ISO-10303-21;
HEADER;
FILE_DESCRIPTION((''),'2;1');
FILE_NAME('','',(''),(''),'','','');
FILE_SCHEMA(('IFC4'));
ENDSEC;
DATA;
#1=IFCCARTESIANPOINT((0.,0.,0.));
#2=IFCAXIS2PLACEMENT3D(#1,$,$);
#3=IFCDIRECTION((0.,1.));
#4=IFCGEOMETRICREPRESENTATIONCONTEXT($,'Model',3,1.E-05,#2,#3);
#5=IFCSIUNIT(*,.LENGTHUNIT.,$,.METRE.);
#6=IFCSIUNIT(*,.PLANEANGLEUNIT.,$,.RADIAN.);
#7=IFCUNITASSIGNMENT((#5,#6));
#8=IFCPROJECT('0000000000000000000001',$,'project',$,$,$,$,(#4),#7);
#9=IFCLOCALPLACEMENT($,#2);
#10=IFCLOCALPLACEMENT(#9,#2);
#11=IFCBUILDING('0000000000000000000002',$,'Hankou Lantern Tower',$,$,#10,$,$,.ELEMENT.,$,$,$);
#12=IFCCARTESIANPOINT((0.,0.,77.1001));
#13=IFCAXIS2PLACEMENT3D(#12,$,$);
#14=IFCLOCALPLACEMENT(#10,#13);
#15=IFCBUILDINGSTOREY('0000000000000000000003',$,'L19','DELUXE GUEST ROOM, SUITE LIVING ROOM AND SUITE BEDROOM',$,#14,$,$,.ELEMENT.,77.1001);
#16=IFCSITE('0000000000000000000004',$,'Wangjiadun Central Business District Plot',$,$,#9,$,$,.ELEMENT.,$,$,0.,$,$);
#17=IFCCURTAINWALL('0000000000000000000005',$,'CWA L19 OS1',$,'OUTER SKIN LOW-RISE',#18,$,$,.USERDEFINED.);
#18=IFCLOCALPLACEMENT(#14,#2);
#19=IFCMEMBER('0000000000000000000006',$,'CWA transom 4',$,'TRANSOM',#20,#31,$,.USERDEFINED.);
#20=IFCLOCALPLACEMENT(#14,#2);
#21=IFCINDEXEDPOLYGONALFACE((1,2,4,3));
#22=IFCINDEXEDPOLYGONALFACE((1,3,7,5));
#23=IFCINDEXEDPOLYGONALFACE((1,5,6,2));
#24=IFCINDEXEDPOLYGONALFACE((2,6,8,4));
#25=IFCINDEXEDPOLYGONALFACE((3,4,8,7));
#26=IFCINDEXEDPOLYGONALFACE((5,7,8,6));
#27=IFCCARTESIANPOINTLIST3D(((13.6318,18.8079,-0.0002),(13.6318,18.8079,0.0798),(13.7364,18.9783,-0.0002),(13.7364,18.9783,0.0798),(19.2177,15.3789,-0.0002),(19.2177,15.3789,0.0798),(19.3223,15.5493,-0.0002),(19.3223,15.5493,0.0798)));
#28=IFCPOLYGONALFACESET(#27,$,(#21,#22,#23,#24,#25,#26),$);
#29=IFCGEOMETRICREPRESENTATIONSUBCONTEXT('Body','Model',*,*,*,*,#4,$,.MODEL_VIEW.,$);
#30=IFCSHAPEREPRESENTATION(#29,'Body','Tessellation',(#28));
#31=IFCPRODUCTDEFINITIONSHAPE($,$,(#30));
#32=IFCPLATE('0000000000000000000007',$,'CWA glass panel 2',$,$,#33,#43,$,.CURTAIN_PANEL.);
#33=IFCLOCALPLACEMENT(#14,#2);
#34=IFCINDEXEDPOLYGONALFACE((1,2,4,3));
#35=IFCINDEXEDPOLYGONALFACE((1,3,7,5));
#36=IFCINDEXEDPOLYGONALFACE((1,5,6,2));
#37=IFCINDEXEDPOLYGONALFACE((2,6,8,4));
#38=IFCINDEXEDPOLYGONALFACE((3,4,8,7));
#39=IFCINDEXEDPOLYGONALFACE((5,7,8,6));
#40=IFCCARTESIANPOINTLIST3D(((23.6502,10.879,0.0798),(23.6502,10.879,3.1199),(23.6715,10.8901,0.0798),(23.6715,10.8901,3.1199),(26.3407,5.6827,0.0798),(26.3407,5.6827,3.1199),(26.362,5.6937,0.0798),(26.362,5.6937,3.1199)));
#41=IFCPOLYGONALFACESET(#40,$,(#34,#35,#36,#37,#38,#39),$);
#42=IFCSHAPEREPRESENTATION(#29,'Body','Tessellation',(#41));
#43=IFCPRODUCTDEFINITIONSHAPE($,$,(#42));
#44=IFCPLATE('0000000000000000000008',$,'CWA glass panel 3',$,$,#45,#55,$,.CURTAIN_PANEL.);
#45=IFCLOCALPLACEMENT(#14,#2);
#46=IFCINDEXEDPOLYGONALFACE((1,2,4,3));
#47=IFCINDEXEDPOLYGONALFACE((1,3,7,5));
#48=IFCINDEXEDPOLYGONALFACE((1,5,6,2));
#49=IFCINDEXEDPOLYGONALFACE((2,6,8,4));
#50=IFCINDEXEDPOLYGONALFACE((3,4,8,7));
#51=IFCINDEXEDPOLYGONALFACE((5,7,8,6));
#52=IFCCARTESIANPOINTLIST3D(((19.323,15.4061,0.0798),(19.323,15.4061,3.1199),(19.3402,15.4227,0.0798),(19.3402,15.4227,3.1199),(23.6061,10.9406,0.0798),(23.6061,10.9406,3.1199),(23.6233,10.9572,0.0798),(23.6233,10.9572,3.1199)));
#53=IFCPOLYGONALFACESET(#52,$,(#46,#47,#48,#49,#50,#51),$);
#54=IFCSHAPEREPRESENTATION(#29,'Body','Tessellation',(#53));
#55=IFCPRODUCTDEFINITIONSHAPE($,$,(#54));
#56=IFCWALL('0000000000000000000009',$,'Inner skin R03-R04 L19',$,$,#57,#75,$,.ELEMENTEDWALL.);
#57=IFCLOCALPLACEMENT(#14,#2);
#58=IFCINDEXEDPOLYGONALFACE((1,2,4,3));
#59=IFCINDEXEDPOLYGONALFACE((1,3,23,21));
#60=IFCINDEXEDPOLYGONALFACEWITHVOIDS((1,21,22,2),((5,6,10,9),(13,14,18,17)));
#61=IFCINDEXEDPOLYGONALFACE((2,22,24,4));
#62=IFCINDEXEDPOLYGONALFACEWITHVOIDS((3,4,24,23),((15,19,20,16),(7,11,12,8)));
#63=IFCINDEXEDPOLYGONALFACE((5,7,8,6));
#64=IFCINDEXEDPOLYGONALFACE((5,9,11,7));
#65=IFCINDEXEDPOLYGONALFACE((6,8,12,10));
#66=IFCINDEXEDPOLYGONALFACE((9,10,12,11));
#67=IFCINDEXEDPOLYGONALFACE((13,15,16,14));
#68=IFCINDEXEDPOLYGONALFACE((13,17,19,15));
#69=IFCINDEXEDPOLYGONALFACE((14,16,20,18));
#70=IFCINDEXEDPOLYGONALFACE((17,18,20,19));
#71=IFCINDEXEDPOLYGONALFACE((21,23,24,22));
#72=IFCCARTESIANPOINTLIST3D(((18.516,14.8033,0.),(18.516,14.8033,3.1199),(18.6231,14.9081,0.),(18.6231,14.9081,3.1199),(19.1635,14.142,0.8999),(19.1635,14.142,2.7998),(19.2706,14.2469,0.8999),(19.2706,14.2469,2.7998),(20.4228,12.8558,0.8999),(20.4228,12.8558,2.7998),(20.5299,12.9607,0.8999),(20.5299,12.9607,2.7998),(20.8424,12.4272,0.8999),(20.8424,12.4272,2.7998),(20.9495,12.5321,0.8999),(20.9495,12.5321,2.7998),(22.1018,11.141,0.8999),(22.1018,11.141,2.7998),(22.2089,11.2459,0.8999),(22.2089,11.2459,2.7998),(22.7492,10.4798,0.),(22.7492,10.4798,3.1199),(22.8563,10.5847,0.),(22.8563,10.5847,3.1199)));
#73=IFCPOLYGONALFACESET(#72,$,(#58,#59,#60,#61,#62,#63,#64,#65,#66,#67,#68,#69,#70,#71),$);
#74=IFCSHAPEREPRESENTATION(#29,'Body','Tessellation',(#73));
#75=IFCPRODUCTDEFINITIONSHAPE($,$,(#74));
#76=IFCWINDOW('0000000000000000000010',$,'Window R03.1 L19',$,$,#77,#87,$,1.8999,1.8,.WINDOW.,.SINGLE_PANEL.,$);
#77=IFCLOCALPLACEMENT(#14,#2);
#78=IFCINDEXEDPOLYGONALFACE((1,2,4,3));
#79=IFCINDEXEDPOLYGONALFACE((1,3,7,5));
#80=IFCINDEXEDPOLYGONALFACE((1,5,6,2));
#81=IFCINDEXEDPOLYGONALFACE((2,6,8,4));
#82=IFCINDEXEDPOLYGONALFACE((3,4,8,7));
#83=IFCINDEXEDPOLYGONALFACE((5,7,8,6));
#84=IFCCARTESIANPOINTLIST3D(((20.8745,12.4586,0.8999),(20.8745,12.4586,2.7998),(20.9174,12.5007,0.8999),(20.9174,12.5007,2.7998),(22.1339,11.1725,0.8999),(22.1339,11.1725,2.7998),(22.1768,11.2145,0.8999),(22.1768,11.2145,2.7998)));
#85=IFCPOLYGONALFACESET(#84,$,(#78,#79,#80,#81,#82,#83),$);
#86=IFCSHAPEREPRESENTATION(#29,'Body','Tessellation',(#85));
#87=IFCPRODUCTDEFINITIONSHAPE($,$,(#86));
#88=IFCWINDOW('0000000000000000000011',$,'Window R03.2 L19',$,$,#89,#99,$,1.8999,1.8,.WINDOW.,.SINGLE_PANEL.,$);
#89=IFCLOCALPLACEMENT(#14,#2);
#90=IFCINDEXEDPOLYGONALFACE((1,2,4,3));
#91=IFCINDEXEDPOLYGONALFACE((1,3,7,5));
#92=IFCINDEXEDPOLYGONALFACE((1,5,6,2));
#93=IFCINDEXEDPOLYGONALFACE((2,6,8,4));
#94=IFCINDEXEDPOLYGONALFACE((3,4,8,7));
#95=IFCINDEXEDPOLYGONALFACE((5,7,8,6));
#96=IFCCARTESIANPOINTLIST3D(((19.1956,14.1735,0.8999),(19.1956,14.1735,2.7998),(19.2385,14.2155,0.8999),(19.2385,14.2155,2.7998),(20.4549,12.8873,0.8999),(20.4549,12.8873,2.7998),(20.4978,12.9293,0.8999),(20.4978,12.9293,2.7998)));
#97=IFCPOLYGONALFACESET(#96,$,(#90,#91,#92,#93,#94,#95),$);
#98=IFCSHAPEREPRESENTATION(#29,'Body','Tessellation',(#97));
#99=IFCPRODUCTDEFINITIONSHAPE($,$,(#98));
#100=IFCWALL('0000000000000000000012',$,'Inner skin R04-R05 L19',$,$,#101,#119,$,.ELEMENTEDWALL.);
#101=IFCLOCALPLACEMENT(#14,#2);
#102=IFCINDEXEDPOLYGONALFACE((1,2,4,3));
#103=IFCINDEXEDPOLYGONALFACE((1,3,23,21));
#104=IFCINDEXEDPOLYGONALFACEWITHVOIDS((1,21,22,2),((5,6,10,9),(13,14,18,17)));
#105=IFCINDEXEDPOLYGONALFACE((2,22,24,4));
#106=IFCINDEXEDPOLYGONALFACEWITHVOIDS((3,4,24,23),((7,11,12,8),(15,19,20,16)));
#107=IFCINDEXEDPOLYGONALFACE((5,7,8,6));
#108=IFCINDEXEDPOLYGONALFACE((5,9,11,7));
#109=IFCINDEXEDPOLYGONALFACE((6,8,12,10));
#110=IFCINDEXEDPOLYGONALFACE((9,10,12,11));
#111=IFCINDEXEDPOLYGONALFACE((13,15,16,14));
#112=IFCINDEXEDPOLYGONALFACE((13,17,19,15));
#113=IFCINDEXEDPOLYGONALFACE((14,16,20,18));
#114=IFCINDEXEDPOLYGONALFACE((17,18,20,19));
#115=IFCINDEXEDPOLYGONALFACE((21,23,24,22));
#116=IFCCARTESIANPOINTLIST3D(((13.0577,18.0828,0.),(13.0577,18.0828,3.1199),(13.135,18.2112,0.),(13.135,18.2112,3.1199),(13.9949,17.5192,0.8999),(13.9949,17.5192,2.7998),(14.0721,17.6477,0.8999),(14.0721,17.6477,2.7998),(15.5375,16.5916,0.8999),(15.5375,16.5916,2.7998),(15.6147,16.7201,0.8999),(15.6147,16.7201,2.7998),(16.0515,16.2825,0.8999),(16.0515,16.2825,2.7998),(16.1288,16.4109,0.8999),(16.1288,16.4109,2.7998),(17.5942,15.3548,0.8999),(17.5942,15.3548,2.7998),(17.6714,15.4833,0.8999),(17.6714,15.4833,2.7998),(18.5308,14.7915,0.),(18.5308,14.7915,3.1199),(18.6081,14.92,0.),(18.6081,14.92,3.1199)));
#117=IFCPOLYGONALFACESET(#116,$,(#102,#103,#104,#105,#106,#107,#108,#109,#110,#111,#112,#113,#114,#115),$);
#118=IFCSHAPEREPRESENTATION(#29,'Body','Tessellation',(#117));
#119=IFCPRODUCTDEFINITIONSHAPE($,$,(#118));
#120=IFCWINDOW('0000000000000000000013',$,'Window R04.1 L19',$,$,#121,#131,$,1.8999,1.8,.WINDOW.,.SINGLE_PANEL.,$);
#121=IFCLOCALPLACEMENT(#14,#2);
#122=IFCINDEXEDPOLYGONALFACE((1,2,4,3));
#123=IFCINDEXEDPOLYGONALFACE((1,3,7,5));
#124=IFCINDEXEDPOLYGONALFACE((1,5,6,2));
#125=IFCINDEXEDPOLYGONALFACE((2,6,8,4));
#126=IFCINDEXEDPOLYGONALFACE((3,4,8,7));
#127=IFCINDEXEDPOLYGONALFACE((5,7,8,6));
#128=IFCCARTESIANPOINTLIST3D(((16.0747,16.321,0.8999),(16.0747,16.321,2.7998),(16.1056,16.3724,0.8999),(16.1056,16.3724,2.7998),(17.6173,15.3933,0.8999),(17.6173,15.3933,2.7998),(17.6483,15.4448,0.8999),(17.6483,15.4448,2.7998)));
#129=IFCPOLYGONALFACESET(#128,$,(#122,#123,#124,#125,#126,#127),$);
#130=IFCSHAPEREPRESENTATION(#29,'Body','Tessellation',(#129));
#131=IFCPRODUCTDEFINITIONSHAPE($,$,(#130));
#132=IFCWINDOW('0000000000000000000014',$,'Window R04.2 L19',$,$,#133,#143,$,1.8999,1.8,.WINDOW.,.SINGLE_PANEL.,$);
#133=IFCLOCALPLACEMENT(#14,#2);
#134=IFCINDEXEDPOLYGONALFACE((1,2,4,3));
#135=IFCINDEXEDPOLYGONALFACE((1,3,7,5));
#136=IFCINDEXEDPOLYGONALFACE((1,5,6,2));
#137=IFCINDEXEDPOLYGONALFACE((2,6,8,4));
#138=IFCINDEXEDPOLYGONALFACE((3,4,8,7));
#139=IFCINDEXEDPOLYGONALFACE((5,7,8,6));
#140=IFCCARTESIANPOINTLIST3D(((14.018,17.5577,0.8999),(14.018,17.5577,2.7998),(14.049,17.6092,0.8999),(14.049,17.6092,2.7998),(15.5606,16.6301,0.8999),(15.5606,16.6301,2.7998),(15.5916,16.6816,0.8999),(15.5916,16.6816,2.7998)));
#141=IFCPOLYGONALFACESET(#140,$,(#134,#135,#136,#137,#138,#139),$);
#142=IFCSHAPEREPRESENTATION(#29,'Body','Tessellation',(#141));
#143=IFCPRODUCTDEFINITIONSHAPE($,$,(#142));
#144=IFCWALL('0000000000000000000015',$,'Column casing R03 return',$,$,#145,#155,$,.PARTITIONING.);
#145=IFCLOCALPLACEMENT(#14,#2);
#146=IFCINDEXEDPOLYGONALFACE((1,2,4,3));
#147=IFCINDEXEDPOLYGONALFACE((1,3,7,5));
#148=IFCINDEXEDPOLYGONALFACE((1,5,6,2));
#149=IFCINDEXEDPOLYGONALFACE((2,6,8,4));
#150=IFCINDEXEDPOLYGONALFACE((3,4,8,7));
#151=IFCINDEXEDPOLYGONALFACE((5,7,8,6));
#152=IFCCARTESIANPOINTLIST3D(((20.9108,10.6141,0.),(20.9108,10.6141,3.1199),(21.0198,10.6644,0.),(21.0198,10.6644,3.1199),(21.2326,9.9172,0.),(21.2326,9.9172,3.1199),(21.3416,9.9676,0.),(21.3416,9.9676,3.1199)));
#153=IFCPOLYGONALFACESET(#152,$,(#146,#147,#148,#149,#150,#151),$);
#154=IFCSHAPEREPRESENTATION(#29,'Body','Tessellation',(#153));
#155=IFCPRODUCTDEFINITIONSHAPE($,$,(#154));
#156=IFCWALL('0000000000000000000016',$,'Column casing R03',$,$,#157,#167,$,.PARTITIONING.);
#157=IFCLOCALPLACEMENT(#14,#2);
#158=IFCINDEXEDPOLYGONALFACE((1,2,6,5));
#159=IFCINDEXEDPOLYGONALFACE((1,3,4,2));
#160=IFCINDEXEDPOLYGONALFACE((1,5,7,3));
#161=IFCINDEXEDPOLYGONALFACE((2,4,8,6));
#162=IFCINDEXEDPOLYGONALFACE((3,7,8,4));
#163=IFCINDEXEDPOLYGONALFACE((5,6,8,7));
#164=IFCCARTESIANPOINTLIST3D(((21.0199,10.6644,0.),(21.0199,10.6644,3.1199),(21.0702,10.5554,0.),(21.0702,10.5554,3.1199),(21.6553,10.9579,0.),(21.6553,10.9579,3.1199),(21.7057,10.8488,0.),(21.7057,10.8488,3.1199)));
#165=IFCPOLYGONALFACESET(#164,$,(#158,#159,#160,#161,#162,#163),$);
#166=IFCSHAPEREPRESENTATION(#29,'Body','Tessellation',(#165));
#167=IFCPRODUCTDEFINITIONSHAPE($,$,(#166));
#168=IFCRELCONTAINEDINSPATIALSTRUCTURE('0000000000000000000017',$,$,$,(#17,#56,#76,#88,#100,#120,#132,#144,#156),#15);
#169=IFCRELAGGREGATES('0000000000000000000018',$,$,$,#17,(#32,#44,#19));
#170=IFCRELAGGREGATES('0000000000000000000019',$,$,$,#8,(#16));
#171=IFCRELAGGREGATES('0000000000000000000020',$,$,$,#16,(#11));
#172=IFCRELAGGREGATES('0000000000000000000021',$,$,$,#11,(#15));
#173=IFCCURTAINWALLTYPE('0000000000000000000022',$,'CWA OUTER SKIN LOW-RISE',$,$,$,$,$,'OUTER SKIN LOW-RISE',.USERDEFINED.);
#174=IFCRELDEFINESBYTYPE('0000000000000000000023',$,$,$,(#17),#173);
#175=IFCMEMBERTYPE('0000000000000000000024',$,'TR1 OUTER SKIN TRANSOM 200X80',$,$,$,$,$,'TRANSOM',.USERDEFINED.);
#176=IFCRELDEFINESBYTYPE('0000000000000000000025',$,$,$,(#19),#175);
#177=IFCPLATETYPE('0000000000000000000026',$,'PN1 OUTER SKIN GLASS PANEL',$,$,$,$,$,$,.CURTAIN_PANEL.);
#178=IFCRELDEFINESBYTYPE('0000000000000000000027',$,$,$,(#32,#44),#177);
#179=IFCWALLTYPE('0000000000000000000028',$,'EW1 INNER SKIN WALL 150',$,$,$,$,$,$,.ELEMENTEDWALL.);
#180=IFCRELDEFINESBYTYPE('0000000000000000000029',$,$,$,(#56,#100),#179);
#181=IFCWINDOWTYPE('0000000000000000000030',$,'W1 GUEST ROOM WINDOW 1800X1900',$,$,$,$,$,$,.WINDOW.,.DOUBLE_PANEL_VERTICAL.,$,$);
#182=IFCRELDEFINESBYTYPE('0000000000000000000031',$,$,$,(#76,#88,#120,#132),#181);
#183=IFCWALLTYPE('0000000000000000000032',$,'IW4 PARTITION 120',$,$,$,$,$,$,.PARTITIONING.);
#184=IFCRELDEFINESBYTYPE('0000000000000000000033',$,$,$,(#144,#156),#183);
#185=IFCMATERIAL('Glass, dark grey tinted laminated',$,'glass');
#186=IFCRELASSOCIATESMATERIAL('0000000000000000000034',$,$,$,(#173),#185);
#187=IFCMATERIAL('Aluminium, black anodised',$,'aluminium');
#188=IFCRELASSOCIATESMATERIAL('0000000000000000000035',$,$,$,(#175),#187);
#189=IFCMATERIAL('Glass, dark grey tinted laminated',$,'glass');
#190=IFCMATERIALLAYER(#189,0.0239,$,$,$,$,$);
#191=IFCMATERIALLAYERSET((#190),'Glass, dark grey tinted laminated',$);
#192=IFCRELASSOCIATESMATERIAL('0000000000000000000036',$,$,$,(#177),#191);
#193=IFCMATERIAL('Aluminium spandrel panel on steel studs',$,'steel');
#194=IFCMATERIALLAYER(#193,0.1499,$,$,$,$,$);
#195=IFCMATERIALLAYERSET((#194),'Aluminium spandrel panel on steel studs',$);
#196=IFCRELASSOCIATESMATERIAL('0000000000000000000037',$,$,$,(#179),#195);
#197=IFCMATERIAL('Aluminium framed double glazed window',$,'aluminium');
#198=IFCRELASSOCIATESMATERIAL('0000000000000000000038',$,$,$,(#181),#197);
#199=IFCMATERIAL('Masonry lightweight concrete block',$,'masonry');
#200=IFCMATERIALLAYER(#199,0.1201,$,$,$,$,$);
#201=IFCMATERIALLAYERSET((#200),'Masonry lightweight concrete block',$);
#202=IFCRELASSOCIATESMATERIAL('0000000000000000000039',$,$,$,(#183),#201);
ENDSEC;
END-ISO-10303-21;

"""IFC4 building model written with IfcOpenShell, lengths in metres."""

from ifc_helpers import new_model, si_unit, direction, frame, frame_2d, origin, origin_2d, place, context, subcontext, project, spatial, rectangle, extrude, material, layer, layer_set, material_profile, profile_set, type_object, element, fill, aggregate, save


model = new_model("IFC4")

# Units and contexts
model_context = context("Model", 3, precision=1e-05, world=origin(), true_north=direction((0.0, 1.0)))
body_context = subcontext(model_context, "Body", "Model", "MODEL_VIEW")
ifc_project = project(units=[si_unit("LENGTHUNIT", "METRE"), si_unit("PLANEANGLEUNIT", "RADIAN")], contexts=[model_context])

# Site, building, storey
site_placement = place(None, origin())
site = spatial("IfcSite", under=ifc_project, at=site_placement, Name="Wangjiadun Central Business District Plot", CompositionType="ELEMENT", RefElevation=0.0)
building_placement = place(site_placement, origin())
building = spatial("IfcBuilding", under=site, at=building_placement, Name="Hankou Lantern Tower", CompositionType="ELEMENT")
storey_placement = place(building_placement, frame((0.0, 0.0, 77.1001)))
storey = spatial("IfcBuildingStorey", under=building, at=storey_placement, Name="L19", Description="DELUXE GUEST ROOM, SUITE LIVING ROOM AND SUITE BEDROOM", CompositionType="ELEMENT", Elevation=77.1001)

# Curtain wall, member, plates
ifc_material_1 = material(Name="Glass, dark grey tinted laminated", Category="glass")
curtain_wall_type = type_object("IfcCurtainWallType", Name="CWA OUTER SKIN LOW-RISE", ElementType="OUTER SKIN LOW-RISE", PredefinedType="USERDEFINED", material=ifc_material_1)
curtain_wall_placement = place(storey_placement, origin())
curtain_wall = element("IfcCurtainWall", 1, at=curtain_wall_placement, inside=storey, type_object=curtain_wall_type, Name="CWA L19 OS1", ObjectType="OUTER SKIN LOW-RISE", PredefinedType="USERDEFINED")
ifc_material_2 = material(Name="Aluminium, black anodised", Category="aluminium")
ifc_material_profile_1 = material_profile(ifc_material_2, rectangle(XDim=0.2, YDim=0.0801, at=origin_2d()), Name="TR1 200X80")
ifc_profile_set_1 = profile_set([ifc_material_profile_1], Name="Aluminium, black anodised")
member_type_1 = type_object("IfcMemberType", Name="TR1 OUTER SKIN TRANSOM 200X80", ElementType="TRANSOM", PredefinedType="USERDEFINED", material=ifc_profile_set_1)
member_1_placement = place(storey_placement, frame((19.27, 15.4641, 0.0398), z_axis=(-0.85224, 0.523152, 0.0), x_axis=(-0.523152, -0.85224, 0.0)))
member_1 = element("IfcMember", 2, at=member_1_placement, type_object=member_type_1, Name="CWA transom 4", ObjectType="TRANSOM", PredefinedType="USERDEFINED", context=body_context, shape_type="SweptSolid", body=[
    extrude(rectangle(XDim=0.2, YDim=0.0801, at=origin_2d()), origin(), (0.0, 0.0, 1.0), 6.5544),
])
ifc_material_3 = material(Name="Glass, dark grey tinted laminated", Category="glass")
ifc_layer_1 = layer(ifc_material_3, 0.0239)
ifc_layer_set_1 = layer_set([ifc_layer_1], Name="Glass, dark grey tinted laminated")
plate_type = type_object("IfcPlateType", Name="PN1 OUTER SKIN GLASS PANEL", PredefinedType="CURTAIN_PANEL", material=ifc_layer_set_1)
plate_1_placement = place(storey_placement, frame((25.0061, 8.2864, 0.0798), z_axis=(0.0, 0.0, 1.0), x_axis=(-0.459791, 0.888027, 0.0)))
plate_1 = element("IfcPlate", 3, at=plate_1_placement, type_object=plate_type, Name="CWA glass panel 2", PredefinedType="CURTAIN_PANEL", context=body_context, shape_type="SweptSolid", body=[
    extrude(rectangle(XDim=5.8516, YDim=0.0239, at=origin_2d()), origin(), (0.0, 0.0, 1.0), 3.04),
])
plate_2_placement = place(storey_placement, frame((21.4731, 13.1816, 0.0798), z_axis=(0.0, 0.0, 1.0), x_axis=(-0.692216, 0.721691, 0.0)))
plate_2 = element("IfcPlate", 4, at=plate_2_placement, type_object=plate_type, Name="CWA glass panel 3", PredefinedType="CURTAIN_PANEL", context=body_context, shape_type="SweptSolid", body=[
    extrude(rectangle(XDim=6.1875, YDim=0.0239, at=origin_2d()), origin(), (0.0, 0.0, 1.0), 3.04),
])
aggregate(curtain_wall, [plate_1, plate_2, member_1])

# Walls, openings, windows
ifc_material_4 = material(Name="Aluminium spandrel panel on steel studs", Category="steel")
ifc_layer_2 = layer(ifc_material_4, 0.1499)
ifc_layer_set_2 = layer_set([ifc_layer_2], Name="Aluminium spandrel panel on steel studs")
wall_type_1 = type_object("IfcWallType", Name="EW1 INNER SKIN WALL 150", PredefinedType="ELEMENTEDWALL", material=ifc_layer_set_2)
wall_1_placement = place(storey_placement, frame((22.8027, 10.5322, 0.0), z_axis=(0.0, 0.0, 1.0), x_axis=(-0.699603, 0.714532, 0.0)))
wall_1 = element("IfcWall", 5, at=wall_1_placement, inside=storey, type_object=wall_type_1, Name="Inner skin R03-R04 L19", PredefinedType="ELEMENTEDWALL", context=body_context, shape_type="SweptSolid", body=[
    extrude(rectangle(XDim=6.0508, YDim=0.1499, at=frame_2d((3.0254, 0.0))), origin(), (0.0, 0.0, 1.0), 3.1199),
])
opening_1_placement = place(wall_1_placement, frame((0.9255, 0.0, 0.8999)))
opening_1 = element("IfcOpeningElement", 6, at=opening_1_placement, cuts=wall_1, PredefinedType="OPENING", context=body_context, shape_type="SweptSolid", body=[
    extrude(rectangle(XDim=1.8, YDim=1.8999, at=frame_2d((0.8999, 0.95))), frame((0.0, 0.085, 0.0), z_axis=(0.0, -1.0, 0.0), x_axis=(1.0, 0.0, 0.0)), (0.0, 0.0, 1.0), 0.1699),
])
opening_2_placement = place(wall_1_placement, frame((3.3254, 0.0, 0.8999)))
opening_2 = element("IfcOpeningElement", 7, at=opening_2_placement, cuts=wall_1, PredefinedType="OPENING", context=body_context, shape_type="SweptSolid", body=[
    extrude(rectangle(XDim=1.8, YDim=1.8999, at=frame_2d((0.8999, 0.95))), frame((0.0, 0.085, 0.0), z_axis=(0.0, -1.0, 0.0), x_axis=(1.0, 0.0, 0.0)), (0.0, 0.0, 1.0), 0.1699),
])
ifc_material_5 = material(Name="Aluminium framed double glazed window", Category="aluminium")
window_type = type_object("IfcWindowType", Name="W1 GUEST ROOM WINDOW 1800X1900", PartitioningType="DOUBLE_PANEL_VERTICAL", PredefinedType="WINDOW", material=ifc_material_5)
window_1_placement = place(opening_1_placement, origin())
window_1 = element("IfcWindow", 8, at=window_1_placement, inside=storey, type_object=window_type, Name="Window R03.1 L19", OverallHeight=1.8999, OverallWidth=1.8, PartitioningType="SINGLE_PANEL", PredefinedType="WINDOW", context=body_context, shape_type="SweptSolid", body=[
    extrude(rectangle(XDim=1.8, YDim=1.8999, at=frame_2d((0.8999, 0.95))), frame((0.0, 0.03, 0.0), z_axis=(0.0, -1.0, 0.0), x_axis=(1.0, 0.0, 0.0)), (0.0, 0.0, 1.0), 0.0601),
])
fill(opening_1, window_1)
window_2_placement = place(opening_2_placement, origin())
window_2 = element("IfcWindow", 9, at=window_2_placement, inside=storey, type_object=window_type, Name="Window R03.2 L19", OverallHeight=1.8999, OverallWidth=1.8, PartitioningType="SINGLE_PANEL", PredefinedType="WINDOW", context=body_context, shape_type="SweptSolid", body=[
    extrude(rectangle(XDim=1.8, YDim=1.8999, at=frame_2d((0.8999, 0.95))), frame((0.0, 0.03, 0.0), z_axis=(0.0, -1.0, 0.0), x_axis=(1.0, 0.0, 0.0)), (0.0, 0.0, 1.0), 0.0601),
])
fill(opening_2, window_2)
wall_2_placement = place(storey_placement, frame((18.5696, 14.8557, 0.0), z_axis=(0.0, 0.0, 1.0), x_axis=(-0.856983, 0.515344, 0.0)))
wall_2 = element("IfcWall", 10, at=wall_2_placement, inside=storey, type_object=wall_type_1, Name="Inner skin R04-R05 L19", PredefinedType="ELEMENTEDWALL", context=body_context, shape_type="SweptSolid", body=[
    extrude(rectangle(XDim=6.3865, YDim=0.1499, at=frame_2d((3.1934, 0.0))), origin(), (0.0, 0.0, 1.0), 3.1199),
])
opening_3_placement = place(wall_2_placement, frame((1.0933, 0.0, 0.8999)))
opening_3 = element("IfcOpeningElement", 11, at=opening_3_placement, cuts=wall_2, PredefinedType="OPENING", context=body_context, shape_type="SweptSolid", body=[
    extrude(rectangle(XDim=1.8, YDim=1.8999, at=frame_2d((0.8999, 0.95))), frame((0.0, 0.085, 0.0), z_axis=(0.0, -1.0, 0.0), x_axis=(1.0, 0.0, 0.0)), (0.0, 0.0, 1.0), 0.1699),
])
opening_4_placement = place(wall_2_placement, frame((3.4932, 0.0, 0.8999)))
opening_4 = element("IfcOpeningElement", 12, at=opening_4_placement, cuts=wall_2, PredefinedType="OPENING", context=body_context, shape_type="SweptSolid", body=[
    extrude(rectangle(XDim=1.8, YDim=1.8999, at=frame_2d((0.8999, 0.95))), frame((0.0, 0.085, 0.0), z_axis=(0.0, -1.0, 0.0), x_axis=(1.0, 0.0, 0.0)), (0.0, 0.0, 1.0), 0.1699),
])
window_3_placement = place(opening_3_placement, origin())
window_3 = element("IfcWindow", 13, at=window_3_placement, inside=storey, type_object=window_type, Name="Window R04.1 L19", OverallHeight=1.8999, OverallWidth=1.8, PartitioningType="SINGLE_PANEL", PredefinedType="WINDOW", context=body_context, shape_type="SweptSolid", body=[
    extrude(rectangle(XDim=1.8, YDim=1.8999, at=frame_2d((0.8999, 0.95))), frame((0.0, 0.03, 0.0), z_axis=(0.0, -1.0, 0.0), x_axis=(1.0, 0.0, 0.0)), (0.0, 0.0, 1.0), 0.0601),
])
fill(opening_3, window_3)
window_4_placement = place(opening_4_placement, origin())
window_4 = element("IfcWindow", 14, at=window_4_placement, inside=storey, type_object=window_type, Name="Window R04.2 L19", OverallHeight=1.8999, OverallWidth=1.8, PartitioningType="SINGLE_PANEL", PredefinedType="WINDOW", context=body_context, shape_type="SweptSolid", body=[
    extrude(rectangle(XDim=1.8, YDim=1.8999, at=frame_2d((0.8999, 0.95))), frame((0.0, 0.03, 0.0), z_axis=(0.0, -1.0, 0.0), x_axis=(1.0, 0.0, 0.0)), (0.0, 0.0, 1.0), 0.0601),
])
fill(opening_4, window_4)

# Walls
ifc_material_6 = material(Name="Masonry lightweight concrete block", Category="masonry")
ifc_layer_3 = layer(ifc_material_6, 0.1201)
ifc_layer_set_3 = layer_set([ifc_layer_3], Name="Masonry lightweight concrete block")
wall_type_2 = type_object("IfcWallType", Name="IW4 PARTITION 120", PredefinedType="PARTITIONING", material=ifc_layer_set_3)
wall_3_placement = place(storey_placement, frame((21.2871, 9.9424, 0.0), z_axis=(0.0, 0.0, 1.0), x_axis=(-0.41926, 0.907866, 0.0)))
element("IfcWall", 15, at=wall_3_placement, inside=storey, type_object=wall_type_2, Name="Column casing R03 return", PredefinedType="PARTITIONING", context=body_context, shape_type="SweptSolid", body=[
    extrude(rectangle(XDim=0.7676, YDim=0.1201, at=frame_2d((0.3838, 0.0))), origin(), (0.0, 0.0, 1.0), 3.1199),
])
wall_4_placement = place(storey_placement, frame((21.0449, 10.6099, 0.0), z_axis=(0.0, 0.0, 1.0), x_axis=(0.907878, 0.419235, 0.0)))
element("IfcWall", 16, at=wall_4_placement, inside=storey, type_object=wall_type_2, Name="Column casing R03", PredefinedType="PARTITIONING", context=body_context, shape_type="SweptSolid", body=[
    extrude(rectangle(XDim=0.7, YDim=0.1201, at=frame_2d((0.3501, 0.0))), origin(), (0.0, 0.0, 1.0), 3.1199),
])

save(model, "model.ifc")
